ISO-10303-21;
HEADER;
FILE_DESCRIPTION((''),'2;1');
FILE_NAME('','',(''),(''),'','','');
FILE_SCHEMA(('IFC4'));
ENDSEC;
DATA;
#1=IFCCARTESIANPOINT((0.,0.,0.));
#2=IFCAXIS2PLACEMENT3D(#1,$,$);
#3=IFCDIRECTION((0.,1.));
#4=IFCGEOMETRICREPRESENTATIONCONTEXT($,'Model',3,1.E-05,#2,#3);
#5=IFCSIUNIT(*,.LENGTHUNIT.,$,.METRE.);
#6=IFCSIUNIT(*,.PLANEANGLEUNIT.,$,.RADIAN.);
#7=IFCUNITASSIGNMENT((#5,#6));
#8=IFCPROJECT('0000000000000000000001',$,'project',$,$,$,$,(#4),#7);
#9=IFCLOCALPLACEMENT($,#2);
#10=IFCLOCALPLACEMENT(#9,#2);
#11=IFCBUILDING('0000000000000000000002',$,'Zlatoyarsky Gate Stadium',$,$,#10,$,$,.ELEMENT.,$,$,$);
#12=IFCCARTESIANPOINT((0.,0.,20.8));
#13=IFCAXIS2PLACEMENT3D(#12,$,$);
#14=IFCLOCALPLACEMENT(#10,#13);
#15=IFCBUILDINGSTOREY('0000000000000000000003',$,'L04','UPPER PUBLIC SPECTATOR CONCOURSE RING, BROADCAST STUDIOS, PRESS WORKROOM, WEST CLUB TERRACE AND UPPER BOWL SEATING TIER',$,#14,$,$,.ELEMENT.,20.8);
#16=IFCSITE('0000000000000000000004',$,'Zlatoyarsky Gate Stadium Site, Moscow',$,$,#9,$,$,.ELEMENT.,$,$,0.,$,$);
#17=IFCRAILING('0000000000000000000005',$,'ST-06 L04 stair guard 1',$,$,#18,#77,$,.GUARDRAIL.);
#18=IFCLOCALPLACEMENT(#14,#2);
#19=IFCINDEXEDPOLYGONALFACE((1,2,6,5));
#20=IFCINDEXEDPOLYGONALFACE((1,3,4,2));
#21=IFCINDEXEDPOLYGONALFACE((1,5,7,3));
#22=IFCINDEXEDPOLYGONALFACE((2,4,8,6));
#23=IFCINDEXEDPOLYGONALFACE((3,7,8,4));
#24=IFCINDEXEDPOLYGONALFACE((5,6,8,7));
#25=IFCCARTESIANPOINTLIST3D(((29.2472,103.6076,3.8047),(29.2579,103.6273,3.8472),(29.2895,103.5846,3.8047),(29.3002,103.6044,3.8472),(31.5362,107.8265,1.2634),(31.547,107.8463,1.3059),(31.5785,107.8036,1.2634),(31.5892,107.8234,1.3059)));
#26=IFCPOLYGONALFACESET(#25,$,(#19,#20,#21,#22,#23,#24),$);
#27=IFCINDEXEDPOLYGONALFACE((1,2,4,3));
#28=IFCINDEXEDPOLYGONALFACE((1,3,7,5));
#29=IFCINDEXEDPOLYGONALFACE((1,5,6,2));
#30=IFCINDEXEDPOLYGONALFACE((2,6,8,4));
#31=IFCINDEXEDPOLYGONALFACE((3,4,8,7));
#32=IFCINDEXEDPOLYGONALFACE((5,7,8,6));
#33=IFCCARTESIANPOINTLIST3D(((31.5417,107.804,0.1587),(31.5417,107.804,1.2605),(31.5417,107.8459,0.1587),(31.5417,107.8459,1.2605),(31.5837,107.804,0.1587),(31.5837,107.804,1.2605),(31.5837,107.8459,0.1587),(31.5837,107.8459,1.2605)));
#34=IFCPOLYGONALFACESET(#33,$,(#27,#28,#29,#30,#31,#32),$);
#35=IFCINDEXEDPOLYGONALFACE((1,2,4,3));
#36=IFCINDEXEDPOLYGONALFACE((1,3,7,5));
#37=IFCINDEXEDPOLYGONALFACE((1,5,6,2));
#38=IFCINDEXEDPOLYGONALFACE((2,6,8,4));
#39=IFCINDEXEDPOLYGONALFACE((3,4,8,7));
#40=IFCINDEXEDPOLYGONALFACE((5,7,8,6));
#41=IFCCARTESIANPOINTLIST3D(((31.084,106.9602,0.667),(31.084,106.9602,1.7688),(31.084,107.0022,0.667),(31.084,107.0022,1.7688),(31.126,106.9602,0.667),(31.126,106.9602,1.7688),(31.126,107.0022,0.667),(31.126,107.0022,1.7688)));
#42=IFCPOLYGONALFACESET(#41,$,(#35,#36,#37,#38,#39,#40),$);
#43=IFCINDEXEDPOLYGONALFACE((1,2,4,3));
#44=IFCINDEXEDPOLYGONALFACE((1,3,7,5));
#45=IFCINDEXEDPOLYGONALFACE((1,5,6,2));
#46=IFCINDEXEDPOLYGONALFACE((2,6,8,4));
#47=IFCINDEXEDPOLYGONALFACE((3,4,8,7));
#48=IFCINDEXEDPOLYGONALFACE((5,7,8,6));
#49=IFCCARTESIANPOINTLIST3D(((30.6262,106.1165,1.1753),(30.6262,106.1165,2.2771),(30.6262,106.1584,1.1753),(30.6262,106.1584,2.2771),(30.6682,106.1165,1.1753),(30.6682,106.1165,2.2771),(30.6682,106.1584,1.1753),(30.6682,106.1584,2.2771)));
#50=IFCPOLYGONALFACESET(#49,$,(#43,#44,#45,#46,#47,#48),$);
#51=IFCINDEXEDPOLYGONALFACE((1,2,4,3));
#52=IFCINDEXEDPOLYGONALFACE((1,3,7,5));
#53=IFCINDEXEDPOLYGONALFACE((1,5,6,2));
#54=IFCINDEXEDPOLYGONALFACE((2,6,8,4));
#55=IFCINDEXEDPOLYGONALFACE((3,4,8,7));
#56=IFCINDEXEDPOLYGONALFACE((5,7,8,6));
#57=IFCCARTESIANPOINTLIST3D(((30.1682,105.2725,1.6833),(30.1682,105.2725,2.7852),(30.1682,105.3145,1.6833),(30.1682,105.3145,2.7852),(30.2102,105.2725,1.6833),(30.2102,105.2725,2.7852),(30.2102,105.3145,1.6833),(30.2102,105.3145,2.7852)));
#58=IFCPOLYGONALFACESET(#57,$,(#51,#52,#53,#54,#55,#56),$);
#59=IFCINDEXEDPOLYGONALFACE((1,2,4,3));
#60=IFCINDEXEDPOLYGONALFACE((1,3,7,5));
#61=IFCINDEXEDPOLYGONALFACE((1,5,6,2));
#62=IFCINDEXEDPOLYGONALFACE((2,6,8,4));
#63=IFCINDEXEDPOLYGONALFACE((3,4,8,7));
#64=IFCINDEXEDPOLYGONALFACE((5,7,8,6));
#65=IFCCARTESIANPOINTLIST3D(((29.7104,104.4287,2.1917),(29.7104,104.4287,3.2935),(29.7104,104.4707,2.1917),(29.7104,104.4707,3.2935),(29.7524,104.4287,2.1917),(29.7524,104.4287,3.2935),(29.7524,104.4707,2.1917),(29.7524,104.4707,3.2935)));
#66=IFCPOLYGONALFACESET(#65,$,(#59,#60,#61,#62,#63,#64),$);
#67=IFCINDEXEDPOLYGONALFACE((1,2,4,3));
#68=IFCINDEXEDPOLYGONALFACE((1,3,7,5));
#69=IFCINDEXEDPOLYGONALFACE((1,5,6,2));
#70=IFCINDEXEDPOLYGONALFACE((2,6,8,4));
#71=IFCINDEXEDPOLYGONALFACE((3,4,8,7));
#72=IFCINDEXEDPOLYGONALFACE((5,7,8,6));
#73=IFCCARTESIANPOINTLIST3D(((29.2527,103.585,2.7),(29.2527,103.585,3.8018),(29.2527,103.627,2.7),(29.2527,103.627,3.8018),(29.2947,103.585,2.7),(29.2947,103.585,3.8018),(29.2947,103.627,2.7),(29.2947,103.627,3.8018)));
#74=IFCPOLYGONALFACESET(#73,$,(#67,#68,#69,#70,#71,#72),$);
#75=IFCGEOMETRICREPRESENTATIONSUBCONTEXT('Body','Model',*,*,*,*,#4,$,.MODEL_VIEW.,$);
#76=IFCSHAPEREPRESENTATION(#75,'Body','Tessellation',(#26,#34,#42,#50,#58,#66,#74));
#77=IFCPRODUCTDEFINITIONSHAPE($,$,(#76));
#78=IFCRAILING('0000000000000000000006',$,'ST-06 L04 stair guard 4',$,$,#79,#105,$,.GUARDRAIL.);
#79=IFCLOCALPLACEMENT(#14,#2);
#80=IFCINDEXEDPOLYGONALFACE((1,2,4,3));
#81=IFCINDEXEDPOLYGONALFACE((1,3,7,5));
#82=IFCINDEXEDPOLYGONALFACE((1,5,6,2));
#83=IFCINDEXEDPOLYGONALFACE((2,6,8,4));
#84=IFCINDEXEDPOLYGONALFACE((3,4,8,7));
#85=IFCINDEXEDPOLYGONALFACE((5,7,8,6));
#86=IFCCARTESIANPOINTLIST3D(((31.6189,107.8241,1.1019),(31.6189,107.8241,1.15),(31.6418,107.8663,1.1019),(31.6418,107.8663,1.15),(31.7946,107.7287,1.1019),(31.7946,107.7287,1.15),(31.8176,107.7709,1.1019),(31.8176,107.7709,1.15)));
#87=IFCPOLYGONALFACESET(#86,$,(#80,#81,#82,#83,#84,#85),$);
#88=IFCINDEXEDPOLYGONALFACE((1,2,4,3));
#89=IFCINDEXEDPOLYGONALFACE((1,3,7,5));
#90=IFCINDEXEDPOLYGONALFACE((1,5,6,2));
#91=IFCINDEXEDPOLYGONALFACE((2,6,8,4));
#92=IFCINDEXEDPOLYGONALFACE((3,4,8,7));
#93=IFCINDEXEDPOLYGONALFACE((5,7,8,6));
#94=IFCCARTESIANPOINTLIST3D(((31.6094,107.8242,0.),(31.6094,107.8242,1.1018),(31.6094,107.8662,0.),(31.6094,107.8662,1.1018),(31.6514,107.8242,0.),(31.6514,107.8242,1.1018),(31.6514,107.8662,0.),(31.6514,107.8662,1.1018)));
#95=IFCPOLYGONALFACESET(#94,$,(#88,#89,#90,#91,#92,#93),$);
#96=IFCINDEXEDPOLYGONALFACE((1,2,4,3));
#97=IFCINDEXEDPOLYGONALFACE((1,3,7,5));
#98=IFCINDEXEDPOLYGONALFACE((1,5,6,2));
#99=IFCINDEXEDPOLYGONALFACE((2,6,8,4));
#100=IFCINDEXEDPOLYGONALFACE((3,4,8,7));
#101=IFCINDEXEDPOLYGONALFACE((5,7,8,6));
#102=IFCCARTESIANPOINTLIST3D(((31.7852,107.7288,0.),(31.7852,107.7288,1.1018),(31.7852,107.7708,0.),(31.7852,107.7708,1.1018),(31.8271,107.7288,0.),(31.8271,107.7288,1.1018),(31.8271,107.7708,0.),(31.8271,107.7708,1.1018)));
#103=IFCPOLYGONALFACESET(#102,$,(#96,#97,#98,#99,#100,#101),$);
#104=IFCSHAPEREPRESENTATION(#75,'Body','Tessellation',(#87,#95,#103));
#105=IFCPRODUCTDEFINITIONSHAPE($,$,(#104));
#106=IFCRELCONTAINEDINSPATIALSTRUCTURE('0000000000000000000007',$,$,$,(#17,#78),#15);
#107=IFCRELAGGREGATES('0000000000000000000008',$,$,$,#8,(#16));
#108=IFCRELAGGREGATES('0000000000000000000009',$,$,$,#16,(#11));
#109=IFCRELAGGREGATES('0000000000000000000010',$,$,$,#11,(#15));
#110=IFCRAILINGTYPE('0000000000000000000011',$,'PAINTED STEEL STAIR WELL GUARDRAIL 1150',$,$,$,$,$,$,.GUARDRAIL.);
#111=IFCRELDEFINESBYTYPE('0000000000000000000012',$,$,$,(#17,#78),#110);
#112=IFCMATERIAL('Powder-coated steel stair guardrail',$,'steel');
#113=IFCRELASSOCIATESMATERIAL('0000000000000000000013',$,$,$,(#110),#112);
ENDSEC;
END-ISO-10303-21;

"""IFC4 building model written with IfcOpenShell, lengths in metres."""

from ifc_helpers import new_model, si_unit, direction, frame, origin, origin_2d, place, context, subcontext, project, spatial, rectangle, extrude, material, type_object, element, save


model = new_model("IFC4")

# Units and contexts
model_context = context("Model", 3, precision=1e-05, world=origin(), true_north=direction((0.0, 1.0)))
body_context = subcontext(model_context, "Body", "Model", "MODEL_VIEW")
ifc_project = project(units=[si_unit("LENGTHUNIT", "METRE"), si_unit("PLANEANGLEUNIT", "RADIAN")], contexts=[model_context])

# Site, building, storey
site_placement = place(None, origin())
site = spatial("IfcSite", under=ifc_project, at=site_placement, Name="Zlatoyarsky Gate Stadium Site, Moscow", CompositionType="ELEMENT", RefElevation=0.0)
building_placement = place(site_placement, origin())
building = spatial("IfcBuilding", under=site, at=building_placement, Name="Zlatoyarsky Gate Stadium", CompositionType="ELEMENT")
storey_placement = place(building_placement, frame((0.0, 0.0, 20.8)))
storey = spatial("IfcBuildingStorey", under=building, at=storey_placement, Name="L04", Description="UPPER PUBLIC SPECTATOR CONCOURSE RING, BROADCAST STUDIOS, PRESS WORKROOM, WEST CLUB TERRACE AND UPPER BOWL SEATING TIER", CompositionType="ELEMENT", Elevation=20.8)

# Railings
ifc_material_1 = material(Name="Powder-coated steel stair guardrail", Category="steel")
railing_type_1 = type_object("IfcRailingType", Name="PAINTED STEEL STAIR WELL GUARDRAIL 1150", PredefinedType="GUARDRAIL", material=ifc_material_1)
railing_1_placement = place(storey_placement, frame((31.5627, 107.825, 0.1587)))
element("IfcRailing", 1, at=railing_1_placement, inside=storey, type_object=railing_type_1, Name="ST-06 L04 stair guard 1", PredefinedType="GUARDRAIL", context=body_context, shape_type="SweptSolid", body=[
    extrude(rectangle(XDim=0.0481, YDim=0.0481, at=origin_2d()), frame((0.0, 0.0, 1.126), z_axis=(-0.421467, -0.77681, 0.467902), x_axis=(0.878962, -0.476891, 0.0)), (0.0, 0.0, 1.0), 5.4312),
    extrude(rectangle(XDim=0.042, YDim=0.042, at=origin_2d()), origin(), (0.0, 0.0, 1.0), 1.1018),
    extrude(rectangle(XDim=0.042, YDim=0.042, at=origin_2d()), frame((-0.4578, -0.8438, 0.5083)), (0.0, 0.0, 1.0), 1.1018),
    extrude(rectangle(XDim=0.042, YDim=0.042, at=origin_2d()), frame((-0.9155, -1.6875, 1.0166)), (0.0, 0.0, 1.0), 1.1018),
    extrude(rectangle(XDim=0.042, YDim=0.042, at=origin_2d()), frame((-1.3735, -2.5315, 1.5247)), (0.0, 0.0, 1.0), 1.1018),
    extrude(rectangle(XDim=0.042, YDim=0.042, at=origin_2d()), frame((-1.8313, -3.3752, 2.033)), (0.0, 0.0, 1.0), 1.1018),
    extrude(rectangle(XDim=0.042, YDim=0.042, at=origin_2d()), frame((-2.2891, -4.219, 2.5413)), (0.0, 0.0, 1.0), 1.1018),
])
railing_2_placement = place(storey_placement, frame((31.6304, 107.8452, 0.0)))
element("IfcRailing", 2, at=railing_2_placement, inside=storey, type_object=railing_type_1, Name="ST-06 L04 stair guard 4", PredefinedType="GUARDRAIL", context=body_context, shape_type="SweptSolid", body=[
    extrude(rectangle(XDim=0.0481, YDim=0.0481, at=origin_2d()), frame((0.0, 0.0, 1.126), z_axis=(0.87878, -0.477227, 0.0), x_axis=(0.477227, 0.87878, 0.0)), (0.0, 0.0, 1.0), 0.2),
    extrude(rectangle(XDim=0.042, YDim=0.042, at=origin_2d()), origin(), (0.0, 0.0, 1.0), 1.1018),
    extrude(rectangle(XDim=0.042, YDim=0.042, at=origin_2d()), frame((0.1758, -0.0955, 0.0)), (0.0, 0.0, 1.0), 1.1018),
])

save(model, "model.ifc")
